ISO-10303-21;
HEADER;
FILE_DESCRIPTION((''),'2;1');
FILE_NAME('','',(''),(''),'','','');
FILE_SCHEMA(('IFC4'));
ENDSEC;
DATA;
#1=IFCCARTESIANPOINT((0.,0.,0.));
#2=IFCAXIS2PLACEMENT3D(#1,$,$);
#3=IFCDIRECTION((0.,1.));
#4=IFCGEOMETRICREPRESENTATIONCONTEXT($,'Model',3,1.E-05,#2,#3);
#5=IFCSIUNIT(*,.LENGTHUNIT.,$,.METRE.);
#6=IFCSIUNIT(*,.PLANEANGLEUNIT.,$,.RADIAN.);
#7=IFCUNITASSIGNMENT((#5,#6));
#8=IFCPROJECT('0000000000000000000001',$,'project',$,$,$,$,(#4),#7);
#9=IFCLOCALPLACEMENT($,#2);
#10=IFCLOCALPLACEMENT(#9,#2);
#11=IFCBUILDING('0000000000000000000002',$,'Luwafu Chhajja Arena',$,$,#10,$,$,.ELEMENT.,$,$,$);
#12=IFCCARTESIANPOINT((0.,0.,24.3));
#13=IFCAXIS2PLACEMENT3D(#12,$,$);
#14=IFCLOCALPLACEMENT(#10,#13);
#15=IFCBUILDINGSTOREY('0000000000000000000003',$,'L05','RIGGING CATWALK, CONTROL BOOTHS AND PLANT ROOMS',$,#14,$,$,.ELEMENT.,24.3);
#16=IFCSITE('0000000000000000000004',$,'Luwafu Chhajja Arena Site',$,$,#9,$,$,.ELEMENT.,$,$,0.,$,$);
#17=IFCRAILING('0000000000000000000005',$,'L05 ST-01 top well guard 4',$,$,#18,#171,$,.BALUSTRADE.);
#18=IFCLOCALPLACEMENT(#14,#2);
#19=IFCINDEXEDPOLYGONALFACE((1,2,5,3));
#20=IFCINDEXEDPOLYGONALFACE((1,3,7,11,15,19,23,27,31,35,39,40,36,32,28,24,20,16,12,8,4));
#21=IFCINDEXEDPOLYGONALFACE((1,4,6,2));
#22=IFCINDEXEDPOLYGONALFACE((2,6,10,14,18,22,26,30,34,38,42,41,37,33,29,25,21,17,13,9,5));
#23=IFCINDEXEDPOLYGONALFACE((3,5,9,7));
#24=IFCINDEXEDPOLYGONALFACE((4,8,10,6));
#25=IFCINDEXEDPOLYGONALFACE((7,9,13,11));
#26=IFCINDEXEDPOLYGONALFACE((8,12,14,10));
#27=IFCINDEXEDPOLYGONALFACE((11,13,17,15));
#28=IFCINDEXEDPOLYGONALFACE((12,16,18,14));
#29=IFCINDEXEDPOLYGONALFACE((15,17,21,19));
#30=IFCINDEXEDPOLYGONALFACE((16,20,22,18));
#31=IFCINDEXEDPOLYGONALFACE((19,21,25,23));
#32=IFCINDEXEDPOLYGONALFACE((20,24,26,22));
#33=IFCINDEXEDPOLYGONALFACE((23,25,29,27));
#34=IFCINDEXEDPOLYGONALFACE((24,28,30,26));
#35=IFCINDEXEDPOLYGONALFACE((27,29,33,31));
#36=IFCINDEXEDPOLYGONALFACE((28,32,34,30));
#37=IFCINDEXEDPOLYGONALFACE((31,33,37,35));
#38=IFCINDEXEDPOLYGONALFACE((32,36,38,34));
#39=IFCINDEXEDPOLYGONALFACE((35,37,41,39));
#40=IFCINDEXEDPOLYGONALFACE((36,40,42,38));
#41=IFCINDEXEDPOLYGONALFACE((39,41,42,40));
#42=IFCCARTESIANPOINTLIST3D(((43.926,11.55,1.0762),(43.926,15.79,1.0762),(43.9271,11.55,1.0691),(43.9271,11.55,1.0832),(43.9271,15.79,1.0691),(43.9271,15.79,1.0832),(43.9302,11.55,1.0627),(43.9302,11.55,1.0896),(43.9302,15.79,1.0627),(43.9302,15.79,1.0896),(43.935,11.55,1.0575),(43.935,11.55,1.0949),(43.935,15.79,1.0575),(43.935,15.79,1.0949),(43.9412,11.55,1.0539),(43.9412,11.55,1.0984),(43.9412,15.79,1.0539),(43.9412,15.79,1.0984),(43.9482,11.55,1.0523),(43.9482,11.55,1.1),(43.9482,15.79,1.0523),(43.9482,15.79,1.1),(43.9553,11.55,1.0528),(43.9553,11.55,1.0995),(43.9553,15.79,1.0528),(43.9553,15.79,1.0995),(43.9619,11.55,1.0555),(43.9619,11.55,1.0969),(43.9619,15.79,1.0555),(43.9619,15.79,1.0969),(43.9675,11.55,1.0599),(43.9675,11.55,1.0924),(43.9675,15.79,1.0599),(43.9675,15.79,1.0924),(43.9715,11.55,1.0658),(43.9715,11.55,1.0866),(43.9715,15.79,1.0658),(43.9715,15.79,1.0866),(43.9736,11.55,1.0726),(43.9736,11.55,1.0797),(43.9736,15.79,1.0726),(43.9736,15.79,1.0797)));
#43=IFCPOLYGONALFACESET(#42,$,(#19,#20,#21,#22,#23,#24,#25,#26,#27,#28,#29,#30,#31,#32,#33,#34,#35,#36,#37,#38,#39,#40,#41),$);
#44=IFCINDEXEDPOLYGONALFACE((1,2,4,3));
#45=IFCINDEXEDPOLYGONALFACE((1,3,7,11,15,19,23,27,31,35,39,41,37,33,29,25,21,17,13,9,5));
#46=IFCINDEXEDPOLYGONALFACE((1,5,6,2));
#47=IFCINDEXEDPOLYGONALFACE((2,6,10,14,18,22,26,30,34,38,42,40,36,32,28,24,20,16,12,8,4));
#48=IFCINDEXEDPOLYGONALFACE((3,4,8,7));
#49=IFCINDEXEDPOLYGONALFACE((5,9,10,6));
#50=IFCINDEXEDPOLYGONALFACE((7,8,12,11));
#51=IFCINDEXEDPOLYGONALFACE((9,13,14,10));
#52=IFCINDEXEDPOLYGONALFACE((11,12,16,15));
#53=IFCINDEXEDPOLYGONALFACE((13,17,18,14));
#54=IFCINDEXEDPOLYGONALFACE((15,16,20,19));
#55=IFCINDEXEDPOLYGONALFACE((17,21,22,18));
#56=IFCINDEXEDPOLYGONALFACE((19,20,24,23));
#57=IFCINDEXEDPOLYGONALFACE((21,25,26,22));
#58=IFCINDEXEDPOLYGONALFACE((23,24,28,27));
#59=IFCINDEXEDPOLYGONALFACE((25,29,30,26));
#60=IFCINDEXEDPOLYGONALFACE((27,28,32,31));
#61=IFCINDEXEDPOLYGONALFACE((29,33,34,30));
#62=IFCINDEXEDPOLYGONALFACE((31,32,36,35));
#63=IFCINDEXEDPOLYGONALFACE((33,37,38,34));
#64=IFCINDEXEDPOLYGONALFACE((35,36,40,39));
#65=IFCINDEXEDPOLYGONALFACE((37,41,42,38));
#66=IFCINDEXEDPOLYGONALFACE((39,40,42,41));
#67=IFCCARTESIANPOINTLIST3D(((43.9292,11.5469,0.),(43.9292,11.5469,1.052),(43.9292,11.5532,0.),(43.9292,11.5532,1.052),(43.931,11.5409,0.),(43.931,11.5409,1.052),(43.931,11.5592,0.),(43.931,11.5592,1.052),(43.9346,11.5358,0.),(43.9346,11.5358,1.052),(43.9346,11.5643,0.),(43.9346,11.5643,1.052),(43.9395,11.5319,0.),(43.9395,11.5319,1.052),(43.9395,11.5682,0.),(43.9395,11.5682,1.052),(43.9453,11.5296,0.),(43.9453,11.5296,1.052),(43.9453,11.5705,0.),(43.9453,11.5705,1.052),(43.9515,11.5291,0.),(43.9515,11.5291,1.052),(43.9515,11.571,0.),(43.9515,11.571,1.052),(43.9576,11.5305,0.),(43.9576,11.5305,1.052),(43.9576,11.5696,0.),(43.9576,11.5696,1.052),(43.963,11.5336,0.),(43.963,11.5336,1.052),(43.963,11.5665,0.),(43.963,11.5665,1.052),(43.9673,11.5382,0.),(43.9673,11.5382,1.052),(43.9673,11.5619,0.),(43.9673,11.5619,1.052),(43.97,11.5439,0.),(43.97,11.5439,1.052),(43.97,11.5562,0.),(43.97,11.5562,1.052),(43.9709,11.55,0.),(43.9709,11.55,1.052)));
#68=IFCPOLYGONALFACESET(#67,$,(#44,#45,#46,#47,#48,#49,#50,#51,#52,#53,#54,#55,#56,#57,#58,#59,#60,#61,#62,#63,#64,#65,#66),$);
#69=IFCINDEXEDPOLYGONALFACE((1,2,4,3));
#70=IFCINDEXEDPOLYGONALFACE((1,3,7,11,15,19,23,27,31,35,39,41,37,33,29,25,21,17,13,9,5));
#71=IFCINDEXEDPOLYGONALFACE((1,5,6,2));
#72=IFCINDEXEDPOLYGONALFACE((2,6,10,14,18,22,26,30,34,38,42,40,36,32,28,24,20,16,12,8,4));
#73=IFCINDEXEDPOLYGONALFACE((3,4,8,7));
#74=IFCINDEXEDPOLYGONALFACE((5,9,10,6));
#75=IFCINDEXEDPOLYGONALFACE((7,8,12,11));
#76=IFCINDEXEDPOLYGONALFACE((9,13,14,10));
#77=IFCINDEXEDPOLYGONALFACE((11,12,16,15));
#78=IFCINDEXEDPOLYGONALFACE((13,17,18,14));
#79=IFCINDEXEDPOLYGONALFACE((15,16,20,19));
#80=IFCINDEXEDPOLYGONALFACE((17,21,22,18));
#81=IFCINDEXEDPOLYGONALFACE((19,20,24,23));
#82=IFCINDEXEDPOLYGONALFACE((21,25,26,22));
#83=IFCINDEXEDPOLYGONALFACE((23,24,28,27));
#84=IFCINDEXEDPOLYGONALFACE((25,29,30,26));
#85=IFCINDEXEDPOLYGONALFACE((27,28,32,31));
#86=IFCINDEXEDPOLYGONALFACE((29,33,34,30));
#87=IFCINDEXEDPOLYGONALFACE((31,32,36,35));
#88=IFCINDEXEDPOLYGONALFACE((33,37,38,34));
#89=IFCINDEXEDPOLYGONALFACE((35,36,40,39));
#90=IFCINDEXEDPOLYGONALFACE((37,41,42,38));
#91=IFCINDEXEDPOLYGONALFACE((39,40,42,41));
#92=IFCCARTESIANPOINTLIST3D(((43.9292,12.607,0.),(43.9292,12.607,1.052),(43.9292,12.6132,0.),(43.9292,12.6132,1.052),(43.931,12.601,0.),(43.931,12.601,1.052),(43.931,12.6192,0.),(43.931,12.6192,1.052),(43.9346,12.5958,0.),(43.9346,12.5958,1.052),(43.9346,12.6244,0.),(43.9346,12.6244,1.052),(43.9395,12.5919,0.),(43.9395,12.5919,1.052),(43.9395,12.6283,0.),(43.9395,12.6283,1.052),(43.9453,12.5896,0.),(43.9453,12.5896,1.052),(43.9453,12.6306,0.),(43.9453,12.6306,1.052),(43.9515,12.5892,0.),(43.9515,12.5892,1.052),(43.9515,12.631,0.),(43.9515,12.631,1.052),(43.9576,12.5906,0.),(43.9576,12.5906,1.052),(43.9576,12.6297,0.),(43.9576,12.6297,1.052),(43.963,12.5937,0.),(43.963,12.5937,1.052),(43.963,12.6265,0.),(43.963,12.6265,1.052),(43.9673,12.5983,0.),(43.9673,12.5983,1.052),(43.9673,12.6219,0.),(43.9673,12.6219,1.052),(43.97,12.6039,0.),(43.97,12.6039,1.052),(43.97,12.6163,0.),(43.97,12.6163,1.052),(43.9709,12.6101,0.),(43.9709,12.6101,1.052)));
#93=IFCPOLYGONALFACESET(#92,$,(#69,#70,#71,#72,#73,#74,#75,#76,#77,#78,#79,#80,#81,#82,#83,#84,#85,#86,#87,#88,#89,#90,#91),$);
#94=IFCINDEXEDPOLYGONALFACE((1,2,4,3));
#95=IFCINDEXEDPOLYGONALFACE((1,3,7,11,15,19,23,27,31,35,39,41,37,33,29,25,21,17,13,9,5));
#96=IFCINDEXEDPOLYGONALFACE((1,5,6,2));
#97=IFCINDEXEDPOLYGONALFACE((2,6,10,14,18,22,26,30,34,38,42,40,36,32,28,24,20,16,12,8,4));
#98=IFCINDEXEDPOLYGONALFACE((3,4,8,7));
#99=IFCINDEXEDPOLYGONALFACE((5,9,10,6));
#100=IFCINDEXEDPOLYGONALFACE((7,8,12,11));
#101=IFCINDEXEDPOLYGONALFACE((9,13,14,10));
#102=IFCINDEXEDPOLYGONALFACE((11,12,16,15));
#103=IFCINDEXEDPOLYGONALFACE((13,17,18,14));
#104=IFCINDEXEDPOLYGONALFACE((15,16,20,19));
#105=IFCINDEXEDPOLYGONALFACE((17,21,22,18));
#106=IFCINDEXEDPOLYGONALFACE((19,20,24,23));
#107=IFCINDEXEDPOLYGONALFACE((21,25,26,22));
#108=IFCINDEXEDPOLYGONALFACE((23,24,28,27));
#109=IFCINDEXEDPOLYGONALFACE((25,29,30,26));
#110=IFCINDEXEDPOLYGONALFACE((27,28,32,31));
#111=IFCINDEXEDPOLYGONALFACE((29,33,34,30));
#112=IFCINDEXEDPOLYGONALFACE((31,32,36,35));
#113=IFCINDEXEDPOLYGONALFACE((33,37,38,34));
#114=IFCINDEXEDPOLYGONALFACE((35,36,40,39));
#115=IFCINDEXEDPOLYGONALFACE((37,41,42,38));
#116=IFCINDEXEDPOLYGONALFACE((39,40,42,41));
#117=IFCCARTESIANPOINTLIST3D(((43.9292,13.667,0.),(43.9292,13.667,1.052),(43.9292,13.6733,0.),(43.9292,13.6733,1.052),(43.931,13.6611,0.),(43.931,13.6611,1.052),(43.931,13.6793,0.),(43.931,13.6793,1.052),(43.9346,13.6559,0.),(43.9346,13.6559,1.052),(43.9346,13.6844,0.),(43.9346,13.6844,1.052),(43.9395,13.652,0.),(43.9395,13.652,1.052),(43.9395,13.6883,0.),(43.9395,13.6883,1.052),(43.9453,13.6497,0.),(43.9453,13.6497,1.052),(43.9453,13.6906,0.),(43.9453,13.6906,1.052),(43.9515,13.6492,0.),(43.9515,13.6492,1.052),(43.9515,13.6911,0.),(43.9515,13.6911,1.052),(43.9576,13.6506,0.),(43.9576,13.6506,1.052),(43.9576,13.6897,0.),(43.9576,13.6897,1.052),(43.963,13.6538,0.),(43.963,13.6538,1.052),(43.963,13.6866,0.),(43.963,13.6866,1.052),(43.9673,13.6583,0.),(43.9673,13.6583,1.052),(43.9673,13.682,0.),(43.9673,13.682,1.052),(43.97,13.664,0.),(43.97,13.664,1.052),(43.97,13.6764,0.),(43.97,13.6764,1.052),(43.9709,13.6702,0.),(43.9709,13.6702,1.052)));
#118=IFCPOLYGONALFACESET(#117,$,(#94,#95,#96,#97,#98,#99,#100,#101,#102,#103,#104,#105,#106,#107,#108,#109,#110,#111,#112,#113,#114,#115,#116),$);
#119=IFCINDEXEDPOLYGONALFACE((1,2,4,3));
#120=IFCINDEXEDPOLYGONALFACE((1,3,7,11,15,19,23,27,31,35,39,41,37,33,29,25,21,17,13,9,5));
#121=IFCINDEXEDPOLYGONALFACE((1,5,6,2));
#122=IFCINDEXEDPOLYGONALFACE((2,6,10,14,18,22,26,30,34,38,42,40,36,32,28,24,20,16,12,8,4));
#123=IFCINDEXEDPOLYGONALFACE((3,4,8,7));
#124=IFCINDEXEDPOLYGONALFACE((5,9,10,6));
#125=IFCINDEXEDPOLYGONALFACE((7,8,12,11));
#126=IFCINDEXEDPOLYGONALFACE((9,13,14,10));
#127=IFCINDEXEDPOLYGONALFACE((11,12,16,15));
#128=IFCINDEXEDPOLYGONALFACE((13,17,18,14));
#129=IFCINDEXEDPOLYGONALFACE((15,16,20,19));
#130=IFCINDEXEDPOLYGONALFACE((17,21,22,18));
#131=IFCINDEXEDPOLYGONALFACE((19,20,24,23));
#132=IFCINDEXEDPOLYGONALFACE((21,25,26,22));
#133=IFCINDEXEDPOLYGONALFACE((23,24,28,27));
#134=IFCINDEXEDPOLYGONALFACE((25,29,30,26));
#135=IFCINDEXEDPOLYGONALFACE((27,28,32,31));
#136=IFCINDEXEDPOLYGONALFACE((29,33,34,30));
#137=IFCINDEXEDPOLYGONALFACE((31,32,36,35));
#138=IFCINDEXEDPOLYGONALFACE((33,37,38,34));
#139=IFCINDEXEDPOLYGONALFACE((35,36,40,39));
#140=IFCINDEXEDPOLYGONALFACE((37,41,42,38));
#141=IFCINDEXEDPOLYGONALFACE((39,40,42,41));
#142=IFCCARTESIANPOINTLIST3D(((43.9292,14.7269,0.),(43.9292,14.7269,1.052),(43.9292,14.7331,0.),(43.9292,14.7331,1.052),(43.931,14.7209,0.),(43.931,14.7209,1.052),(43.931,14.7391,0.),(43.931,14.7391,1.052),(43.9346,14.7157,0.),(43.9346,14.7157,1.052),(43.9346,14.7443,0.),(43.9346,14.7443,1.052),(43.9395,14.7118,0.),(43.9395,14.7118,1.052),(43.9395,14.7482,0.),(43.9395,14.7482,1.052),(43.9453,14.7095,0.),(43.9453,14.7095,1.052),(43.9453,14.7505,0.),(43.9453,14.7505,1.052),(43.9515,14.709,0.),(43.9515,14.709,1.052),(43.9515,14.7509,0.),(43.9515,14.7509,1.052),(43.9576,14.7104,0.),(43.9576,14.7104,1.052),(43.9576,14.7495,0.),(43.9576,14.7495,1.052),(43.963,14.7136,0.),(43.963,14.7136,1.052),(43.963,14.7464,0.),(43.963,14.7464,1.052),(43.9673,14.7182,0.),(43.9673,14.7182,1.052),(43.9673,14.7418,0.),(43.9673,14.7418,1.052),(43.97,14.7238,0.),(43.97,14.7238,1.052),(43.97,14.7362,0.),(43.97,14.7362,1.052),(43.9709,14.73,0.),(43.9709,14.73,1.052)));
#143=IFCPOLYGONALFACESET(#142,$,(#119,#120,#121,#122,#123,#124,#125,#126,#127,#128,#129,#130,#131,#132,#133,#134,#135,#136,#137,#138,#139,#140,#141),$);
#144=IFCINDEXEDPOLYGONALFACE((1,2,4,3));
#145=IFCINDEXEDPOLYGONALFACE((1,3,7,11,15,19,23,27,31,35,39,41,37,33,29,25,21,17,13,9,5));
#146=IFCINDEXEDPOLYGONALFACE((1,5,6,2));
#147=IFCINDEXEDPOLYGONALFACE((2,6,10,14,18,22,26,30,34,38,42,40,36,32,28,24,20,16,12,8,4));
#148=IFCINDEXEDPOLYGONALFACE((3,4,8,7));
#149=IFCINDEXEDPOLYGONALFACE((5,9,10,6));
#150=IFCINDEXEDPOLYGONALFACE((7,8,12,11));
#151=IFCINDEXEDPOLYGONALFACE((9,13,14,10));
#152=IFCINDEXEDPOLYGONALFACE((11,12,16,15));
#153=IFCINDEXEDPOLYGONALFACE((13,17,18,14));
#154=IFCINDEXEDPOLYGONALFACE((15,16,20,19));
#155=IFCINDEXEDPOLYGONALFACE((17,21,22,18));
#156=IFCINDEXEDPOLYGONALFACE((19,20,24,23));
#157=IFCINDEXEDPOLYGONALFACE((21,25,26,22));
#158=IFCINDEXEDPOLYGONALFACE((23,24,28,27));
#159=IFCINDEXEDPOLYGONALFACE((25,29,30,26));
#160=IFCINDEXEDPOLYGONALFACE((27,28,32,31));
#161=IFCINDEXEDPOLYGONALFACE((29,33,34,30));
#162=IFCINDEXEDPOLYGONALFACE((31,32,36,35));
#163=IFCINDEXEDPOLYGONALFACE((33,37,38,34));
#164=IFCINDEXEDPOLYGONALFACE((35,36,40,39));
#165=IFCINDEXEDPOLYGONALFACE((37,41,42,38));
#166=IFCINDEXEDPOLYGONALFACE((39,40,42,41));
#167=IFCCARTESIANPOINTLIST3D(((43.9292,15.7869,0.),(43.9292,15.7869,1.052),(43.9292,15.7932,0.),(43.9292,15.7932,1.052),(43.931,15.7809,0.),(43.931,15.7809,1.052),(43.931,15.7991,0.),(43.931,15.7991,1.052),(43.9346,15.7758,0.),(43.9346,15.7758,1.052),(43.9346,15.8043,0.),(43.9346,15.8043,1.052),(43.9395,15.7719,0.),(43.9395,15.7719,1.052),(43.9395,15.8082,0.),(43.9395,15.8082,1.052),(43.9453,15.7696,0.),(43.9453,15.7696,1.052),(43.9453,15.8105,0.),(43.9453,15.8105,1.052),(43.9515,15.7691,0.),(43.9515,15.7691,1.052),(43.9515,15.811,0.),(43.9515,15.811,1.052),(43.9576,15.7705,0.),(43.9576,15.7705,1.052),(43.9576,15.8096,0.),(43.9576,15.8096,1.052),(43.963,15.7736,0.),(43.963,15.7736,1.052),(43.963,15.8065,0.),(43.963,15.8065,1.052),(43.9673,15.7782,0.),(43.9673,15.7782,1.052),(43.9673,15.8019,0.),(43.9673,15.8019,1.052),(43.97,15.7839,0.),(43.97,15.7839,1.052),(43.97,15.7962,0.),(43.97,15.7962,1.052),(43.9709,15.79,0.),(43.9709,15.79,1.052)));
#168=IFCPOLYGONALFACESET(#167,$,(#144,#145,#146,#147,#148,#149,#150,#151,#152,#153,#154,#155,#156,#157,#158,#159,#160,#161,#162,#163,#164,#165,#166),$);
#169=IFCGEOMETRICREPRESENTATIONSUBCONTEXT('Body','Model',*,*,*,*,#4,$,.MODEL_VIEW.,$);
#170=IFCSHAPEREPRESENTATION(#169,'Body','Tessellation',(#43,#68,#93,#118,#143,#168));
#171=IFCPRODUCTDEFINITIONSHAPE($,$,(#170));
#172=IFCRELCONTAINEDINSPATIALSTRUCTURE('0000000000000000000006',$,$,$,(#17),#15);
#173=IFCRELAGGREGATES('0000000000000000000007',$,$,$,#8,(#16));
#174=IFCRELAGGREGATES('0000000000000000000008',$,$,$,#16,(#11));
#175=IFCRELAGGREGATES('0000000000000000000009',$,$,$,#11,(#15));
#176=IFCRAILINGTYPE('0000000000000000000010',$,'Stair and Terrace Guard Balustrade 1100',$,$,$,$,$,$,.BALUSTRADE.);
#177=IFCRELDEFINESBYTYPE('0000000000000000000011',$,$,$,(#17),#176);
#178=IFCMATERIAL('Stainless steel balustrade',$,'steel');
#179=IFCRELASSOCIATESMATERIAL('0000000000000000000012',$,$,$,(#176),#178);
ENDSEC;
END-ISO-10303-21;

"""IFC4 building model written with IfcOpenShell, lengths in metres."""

from ifc_helpers import new_model, si_unit, direction, frame, origin, origin_2d, place, context, subcontext, project, spatial, circle, extrude, material, type_object, element, save


model = new_model("IFC4")

# Units and contexts
model_context = context("Model", 3, precision=1e-05, world=origin(), true_north=direction((0.0, 1.0)))
body_context = subcontext(model_context, "Body", "Model", "MODEL_VIEW")
ifc_project = project(units=[si_unit("LENGTHUNIT", "METRE"), si_unit("PLANEANGLEUNIT", "RADIAN")], contexts=[model_context])

# Site, building, storey
site_placement = place(None, origin())
site = spatial("IfcSite", under=ifc_project, at=site_placement, Name="Luwafu Chhajja Arena Site", CompositionType="ELEMENT", RefElevation=0.0)
building_placement = place(site_placement, origin())
building = spatial("IfcBuilding", under=site, at=building_placement, Name="Luwafu Chhajja Arena", CompositionType="ELEMENT")
storey_placement = place(building_placement, frame((0.0, 0.0, 24.3)))
storey = spatial("IfcBuildingStorey", under=building, at=storey_placement, Name="L05", Description="RIGGING CATWALK, CONTROL BOOTHS AND PLANT ROOMS", CompositionType="ELEMENT", Elevation=24.3)

# Railing
ifc_material_1 = material(Name="Stainless steel balustrade", Category="steel")
railing_type = type_object("IfcRailingType", Name="Stair and Terrace Guard Balustrade 1100", PredefinedType="BALUSTRADE", material=ifc_material_1)
railing_1_placement = place(storey_placement, frame((43.95, 11.55, 0.0)))
element("IfcRailing", 1, at=railing_1_placement, inside=storey, type_object=railing_type, Name="L05 ST-01 top well guard 4", PredefinedType="BALUSTRADE", context=body_context, shape_type="SweptSolid", body=[
    extrude(circle(Radius=0.0239, at=origin_2d()), frame((0.0, 0.0, 1.0762), z_axis=(0.0, 1.0, 0.0), x_axis=(-1.0, 0.0, 0.0)), (0.0, 0.0, 1.0), 4.24),
    extrude(circle(Radius=0.021, at=origin_2d()), origin(), (0.0, 0.0, 1.0), 1.052),
    extrude(circle(Radius=0.021, at=origin_2d()), frame((0.0, 1.0601, 0.0)), (0.0, 0.0, 1.0), 1.052),
    extrude(circle(Radius=0.021, at=origin_2d()), frame((0.0, 2.1201, 0.0)), (0.0, 0.0, 1.0), 1.052),
    extrude(circle(Radius=0.021, at=origin_2d()), frame((0.0, 3.1799, 0.0)), (0.0, 0.0, 1.0), 1.052),
    extrude(circle(Radius=0.021, at=origin_2d()), frame((0.0, 4.24, 0.0)), (0.0, 0.0, 1.0), 1.052),
])

save(model, "model.ifc")
